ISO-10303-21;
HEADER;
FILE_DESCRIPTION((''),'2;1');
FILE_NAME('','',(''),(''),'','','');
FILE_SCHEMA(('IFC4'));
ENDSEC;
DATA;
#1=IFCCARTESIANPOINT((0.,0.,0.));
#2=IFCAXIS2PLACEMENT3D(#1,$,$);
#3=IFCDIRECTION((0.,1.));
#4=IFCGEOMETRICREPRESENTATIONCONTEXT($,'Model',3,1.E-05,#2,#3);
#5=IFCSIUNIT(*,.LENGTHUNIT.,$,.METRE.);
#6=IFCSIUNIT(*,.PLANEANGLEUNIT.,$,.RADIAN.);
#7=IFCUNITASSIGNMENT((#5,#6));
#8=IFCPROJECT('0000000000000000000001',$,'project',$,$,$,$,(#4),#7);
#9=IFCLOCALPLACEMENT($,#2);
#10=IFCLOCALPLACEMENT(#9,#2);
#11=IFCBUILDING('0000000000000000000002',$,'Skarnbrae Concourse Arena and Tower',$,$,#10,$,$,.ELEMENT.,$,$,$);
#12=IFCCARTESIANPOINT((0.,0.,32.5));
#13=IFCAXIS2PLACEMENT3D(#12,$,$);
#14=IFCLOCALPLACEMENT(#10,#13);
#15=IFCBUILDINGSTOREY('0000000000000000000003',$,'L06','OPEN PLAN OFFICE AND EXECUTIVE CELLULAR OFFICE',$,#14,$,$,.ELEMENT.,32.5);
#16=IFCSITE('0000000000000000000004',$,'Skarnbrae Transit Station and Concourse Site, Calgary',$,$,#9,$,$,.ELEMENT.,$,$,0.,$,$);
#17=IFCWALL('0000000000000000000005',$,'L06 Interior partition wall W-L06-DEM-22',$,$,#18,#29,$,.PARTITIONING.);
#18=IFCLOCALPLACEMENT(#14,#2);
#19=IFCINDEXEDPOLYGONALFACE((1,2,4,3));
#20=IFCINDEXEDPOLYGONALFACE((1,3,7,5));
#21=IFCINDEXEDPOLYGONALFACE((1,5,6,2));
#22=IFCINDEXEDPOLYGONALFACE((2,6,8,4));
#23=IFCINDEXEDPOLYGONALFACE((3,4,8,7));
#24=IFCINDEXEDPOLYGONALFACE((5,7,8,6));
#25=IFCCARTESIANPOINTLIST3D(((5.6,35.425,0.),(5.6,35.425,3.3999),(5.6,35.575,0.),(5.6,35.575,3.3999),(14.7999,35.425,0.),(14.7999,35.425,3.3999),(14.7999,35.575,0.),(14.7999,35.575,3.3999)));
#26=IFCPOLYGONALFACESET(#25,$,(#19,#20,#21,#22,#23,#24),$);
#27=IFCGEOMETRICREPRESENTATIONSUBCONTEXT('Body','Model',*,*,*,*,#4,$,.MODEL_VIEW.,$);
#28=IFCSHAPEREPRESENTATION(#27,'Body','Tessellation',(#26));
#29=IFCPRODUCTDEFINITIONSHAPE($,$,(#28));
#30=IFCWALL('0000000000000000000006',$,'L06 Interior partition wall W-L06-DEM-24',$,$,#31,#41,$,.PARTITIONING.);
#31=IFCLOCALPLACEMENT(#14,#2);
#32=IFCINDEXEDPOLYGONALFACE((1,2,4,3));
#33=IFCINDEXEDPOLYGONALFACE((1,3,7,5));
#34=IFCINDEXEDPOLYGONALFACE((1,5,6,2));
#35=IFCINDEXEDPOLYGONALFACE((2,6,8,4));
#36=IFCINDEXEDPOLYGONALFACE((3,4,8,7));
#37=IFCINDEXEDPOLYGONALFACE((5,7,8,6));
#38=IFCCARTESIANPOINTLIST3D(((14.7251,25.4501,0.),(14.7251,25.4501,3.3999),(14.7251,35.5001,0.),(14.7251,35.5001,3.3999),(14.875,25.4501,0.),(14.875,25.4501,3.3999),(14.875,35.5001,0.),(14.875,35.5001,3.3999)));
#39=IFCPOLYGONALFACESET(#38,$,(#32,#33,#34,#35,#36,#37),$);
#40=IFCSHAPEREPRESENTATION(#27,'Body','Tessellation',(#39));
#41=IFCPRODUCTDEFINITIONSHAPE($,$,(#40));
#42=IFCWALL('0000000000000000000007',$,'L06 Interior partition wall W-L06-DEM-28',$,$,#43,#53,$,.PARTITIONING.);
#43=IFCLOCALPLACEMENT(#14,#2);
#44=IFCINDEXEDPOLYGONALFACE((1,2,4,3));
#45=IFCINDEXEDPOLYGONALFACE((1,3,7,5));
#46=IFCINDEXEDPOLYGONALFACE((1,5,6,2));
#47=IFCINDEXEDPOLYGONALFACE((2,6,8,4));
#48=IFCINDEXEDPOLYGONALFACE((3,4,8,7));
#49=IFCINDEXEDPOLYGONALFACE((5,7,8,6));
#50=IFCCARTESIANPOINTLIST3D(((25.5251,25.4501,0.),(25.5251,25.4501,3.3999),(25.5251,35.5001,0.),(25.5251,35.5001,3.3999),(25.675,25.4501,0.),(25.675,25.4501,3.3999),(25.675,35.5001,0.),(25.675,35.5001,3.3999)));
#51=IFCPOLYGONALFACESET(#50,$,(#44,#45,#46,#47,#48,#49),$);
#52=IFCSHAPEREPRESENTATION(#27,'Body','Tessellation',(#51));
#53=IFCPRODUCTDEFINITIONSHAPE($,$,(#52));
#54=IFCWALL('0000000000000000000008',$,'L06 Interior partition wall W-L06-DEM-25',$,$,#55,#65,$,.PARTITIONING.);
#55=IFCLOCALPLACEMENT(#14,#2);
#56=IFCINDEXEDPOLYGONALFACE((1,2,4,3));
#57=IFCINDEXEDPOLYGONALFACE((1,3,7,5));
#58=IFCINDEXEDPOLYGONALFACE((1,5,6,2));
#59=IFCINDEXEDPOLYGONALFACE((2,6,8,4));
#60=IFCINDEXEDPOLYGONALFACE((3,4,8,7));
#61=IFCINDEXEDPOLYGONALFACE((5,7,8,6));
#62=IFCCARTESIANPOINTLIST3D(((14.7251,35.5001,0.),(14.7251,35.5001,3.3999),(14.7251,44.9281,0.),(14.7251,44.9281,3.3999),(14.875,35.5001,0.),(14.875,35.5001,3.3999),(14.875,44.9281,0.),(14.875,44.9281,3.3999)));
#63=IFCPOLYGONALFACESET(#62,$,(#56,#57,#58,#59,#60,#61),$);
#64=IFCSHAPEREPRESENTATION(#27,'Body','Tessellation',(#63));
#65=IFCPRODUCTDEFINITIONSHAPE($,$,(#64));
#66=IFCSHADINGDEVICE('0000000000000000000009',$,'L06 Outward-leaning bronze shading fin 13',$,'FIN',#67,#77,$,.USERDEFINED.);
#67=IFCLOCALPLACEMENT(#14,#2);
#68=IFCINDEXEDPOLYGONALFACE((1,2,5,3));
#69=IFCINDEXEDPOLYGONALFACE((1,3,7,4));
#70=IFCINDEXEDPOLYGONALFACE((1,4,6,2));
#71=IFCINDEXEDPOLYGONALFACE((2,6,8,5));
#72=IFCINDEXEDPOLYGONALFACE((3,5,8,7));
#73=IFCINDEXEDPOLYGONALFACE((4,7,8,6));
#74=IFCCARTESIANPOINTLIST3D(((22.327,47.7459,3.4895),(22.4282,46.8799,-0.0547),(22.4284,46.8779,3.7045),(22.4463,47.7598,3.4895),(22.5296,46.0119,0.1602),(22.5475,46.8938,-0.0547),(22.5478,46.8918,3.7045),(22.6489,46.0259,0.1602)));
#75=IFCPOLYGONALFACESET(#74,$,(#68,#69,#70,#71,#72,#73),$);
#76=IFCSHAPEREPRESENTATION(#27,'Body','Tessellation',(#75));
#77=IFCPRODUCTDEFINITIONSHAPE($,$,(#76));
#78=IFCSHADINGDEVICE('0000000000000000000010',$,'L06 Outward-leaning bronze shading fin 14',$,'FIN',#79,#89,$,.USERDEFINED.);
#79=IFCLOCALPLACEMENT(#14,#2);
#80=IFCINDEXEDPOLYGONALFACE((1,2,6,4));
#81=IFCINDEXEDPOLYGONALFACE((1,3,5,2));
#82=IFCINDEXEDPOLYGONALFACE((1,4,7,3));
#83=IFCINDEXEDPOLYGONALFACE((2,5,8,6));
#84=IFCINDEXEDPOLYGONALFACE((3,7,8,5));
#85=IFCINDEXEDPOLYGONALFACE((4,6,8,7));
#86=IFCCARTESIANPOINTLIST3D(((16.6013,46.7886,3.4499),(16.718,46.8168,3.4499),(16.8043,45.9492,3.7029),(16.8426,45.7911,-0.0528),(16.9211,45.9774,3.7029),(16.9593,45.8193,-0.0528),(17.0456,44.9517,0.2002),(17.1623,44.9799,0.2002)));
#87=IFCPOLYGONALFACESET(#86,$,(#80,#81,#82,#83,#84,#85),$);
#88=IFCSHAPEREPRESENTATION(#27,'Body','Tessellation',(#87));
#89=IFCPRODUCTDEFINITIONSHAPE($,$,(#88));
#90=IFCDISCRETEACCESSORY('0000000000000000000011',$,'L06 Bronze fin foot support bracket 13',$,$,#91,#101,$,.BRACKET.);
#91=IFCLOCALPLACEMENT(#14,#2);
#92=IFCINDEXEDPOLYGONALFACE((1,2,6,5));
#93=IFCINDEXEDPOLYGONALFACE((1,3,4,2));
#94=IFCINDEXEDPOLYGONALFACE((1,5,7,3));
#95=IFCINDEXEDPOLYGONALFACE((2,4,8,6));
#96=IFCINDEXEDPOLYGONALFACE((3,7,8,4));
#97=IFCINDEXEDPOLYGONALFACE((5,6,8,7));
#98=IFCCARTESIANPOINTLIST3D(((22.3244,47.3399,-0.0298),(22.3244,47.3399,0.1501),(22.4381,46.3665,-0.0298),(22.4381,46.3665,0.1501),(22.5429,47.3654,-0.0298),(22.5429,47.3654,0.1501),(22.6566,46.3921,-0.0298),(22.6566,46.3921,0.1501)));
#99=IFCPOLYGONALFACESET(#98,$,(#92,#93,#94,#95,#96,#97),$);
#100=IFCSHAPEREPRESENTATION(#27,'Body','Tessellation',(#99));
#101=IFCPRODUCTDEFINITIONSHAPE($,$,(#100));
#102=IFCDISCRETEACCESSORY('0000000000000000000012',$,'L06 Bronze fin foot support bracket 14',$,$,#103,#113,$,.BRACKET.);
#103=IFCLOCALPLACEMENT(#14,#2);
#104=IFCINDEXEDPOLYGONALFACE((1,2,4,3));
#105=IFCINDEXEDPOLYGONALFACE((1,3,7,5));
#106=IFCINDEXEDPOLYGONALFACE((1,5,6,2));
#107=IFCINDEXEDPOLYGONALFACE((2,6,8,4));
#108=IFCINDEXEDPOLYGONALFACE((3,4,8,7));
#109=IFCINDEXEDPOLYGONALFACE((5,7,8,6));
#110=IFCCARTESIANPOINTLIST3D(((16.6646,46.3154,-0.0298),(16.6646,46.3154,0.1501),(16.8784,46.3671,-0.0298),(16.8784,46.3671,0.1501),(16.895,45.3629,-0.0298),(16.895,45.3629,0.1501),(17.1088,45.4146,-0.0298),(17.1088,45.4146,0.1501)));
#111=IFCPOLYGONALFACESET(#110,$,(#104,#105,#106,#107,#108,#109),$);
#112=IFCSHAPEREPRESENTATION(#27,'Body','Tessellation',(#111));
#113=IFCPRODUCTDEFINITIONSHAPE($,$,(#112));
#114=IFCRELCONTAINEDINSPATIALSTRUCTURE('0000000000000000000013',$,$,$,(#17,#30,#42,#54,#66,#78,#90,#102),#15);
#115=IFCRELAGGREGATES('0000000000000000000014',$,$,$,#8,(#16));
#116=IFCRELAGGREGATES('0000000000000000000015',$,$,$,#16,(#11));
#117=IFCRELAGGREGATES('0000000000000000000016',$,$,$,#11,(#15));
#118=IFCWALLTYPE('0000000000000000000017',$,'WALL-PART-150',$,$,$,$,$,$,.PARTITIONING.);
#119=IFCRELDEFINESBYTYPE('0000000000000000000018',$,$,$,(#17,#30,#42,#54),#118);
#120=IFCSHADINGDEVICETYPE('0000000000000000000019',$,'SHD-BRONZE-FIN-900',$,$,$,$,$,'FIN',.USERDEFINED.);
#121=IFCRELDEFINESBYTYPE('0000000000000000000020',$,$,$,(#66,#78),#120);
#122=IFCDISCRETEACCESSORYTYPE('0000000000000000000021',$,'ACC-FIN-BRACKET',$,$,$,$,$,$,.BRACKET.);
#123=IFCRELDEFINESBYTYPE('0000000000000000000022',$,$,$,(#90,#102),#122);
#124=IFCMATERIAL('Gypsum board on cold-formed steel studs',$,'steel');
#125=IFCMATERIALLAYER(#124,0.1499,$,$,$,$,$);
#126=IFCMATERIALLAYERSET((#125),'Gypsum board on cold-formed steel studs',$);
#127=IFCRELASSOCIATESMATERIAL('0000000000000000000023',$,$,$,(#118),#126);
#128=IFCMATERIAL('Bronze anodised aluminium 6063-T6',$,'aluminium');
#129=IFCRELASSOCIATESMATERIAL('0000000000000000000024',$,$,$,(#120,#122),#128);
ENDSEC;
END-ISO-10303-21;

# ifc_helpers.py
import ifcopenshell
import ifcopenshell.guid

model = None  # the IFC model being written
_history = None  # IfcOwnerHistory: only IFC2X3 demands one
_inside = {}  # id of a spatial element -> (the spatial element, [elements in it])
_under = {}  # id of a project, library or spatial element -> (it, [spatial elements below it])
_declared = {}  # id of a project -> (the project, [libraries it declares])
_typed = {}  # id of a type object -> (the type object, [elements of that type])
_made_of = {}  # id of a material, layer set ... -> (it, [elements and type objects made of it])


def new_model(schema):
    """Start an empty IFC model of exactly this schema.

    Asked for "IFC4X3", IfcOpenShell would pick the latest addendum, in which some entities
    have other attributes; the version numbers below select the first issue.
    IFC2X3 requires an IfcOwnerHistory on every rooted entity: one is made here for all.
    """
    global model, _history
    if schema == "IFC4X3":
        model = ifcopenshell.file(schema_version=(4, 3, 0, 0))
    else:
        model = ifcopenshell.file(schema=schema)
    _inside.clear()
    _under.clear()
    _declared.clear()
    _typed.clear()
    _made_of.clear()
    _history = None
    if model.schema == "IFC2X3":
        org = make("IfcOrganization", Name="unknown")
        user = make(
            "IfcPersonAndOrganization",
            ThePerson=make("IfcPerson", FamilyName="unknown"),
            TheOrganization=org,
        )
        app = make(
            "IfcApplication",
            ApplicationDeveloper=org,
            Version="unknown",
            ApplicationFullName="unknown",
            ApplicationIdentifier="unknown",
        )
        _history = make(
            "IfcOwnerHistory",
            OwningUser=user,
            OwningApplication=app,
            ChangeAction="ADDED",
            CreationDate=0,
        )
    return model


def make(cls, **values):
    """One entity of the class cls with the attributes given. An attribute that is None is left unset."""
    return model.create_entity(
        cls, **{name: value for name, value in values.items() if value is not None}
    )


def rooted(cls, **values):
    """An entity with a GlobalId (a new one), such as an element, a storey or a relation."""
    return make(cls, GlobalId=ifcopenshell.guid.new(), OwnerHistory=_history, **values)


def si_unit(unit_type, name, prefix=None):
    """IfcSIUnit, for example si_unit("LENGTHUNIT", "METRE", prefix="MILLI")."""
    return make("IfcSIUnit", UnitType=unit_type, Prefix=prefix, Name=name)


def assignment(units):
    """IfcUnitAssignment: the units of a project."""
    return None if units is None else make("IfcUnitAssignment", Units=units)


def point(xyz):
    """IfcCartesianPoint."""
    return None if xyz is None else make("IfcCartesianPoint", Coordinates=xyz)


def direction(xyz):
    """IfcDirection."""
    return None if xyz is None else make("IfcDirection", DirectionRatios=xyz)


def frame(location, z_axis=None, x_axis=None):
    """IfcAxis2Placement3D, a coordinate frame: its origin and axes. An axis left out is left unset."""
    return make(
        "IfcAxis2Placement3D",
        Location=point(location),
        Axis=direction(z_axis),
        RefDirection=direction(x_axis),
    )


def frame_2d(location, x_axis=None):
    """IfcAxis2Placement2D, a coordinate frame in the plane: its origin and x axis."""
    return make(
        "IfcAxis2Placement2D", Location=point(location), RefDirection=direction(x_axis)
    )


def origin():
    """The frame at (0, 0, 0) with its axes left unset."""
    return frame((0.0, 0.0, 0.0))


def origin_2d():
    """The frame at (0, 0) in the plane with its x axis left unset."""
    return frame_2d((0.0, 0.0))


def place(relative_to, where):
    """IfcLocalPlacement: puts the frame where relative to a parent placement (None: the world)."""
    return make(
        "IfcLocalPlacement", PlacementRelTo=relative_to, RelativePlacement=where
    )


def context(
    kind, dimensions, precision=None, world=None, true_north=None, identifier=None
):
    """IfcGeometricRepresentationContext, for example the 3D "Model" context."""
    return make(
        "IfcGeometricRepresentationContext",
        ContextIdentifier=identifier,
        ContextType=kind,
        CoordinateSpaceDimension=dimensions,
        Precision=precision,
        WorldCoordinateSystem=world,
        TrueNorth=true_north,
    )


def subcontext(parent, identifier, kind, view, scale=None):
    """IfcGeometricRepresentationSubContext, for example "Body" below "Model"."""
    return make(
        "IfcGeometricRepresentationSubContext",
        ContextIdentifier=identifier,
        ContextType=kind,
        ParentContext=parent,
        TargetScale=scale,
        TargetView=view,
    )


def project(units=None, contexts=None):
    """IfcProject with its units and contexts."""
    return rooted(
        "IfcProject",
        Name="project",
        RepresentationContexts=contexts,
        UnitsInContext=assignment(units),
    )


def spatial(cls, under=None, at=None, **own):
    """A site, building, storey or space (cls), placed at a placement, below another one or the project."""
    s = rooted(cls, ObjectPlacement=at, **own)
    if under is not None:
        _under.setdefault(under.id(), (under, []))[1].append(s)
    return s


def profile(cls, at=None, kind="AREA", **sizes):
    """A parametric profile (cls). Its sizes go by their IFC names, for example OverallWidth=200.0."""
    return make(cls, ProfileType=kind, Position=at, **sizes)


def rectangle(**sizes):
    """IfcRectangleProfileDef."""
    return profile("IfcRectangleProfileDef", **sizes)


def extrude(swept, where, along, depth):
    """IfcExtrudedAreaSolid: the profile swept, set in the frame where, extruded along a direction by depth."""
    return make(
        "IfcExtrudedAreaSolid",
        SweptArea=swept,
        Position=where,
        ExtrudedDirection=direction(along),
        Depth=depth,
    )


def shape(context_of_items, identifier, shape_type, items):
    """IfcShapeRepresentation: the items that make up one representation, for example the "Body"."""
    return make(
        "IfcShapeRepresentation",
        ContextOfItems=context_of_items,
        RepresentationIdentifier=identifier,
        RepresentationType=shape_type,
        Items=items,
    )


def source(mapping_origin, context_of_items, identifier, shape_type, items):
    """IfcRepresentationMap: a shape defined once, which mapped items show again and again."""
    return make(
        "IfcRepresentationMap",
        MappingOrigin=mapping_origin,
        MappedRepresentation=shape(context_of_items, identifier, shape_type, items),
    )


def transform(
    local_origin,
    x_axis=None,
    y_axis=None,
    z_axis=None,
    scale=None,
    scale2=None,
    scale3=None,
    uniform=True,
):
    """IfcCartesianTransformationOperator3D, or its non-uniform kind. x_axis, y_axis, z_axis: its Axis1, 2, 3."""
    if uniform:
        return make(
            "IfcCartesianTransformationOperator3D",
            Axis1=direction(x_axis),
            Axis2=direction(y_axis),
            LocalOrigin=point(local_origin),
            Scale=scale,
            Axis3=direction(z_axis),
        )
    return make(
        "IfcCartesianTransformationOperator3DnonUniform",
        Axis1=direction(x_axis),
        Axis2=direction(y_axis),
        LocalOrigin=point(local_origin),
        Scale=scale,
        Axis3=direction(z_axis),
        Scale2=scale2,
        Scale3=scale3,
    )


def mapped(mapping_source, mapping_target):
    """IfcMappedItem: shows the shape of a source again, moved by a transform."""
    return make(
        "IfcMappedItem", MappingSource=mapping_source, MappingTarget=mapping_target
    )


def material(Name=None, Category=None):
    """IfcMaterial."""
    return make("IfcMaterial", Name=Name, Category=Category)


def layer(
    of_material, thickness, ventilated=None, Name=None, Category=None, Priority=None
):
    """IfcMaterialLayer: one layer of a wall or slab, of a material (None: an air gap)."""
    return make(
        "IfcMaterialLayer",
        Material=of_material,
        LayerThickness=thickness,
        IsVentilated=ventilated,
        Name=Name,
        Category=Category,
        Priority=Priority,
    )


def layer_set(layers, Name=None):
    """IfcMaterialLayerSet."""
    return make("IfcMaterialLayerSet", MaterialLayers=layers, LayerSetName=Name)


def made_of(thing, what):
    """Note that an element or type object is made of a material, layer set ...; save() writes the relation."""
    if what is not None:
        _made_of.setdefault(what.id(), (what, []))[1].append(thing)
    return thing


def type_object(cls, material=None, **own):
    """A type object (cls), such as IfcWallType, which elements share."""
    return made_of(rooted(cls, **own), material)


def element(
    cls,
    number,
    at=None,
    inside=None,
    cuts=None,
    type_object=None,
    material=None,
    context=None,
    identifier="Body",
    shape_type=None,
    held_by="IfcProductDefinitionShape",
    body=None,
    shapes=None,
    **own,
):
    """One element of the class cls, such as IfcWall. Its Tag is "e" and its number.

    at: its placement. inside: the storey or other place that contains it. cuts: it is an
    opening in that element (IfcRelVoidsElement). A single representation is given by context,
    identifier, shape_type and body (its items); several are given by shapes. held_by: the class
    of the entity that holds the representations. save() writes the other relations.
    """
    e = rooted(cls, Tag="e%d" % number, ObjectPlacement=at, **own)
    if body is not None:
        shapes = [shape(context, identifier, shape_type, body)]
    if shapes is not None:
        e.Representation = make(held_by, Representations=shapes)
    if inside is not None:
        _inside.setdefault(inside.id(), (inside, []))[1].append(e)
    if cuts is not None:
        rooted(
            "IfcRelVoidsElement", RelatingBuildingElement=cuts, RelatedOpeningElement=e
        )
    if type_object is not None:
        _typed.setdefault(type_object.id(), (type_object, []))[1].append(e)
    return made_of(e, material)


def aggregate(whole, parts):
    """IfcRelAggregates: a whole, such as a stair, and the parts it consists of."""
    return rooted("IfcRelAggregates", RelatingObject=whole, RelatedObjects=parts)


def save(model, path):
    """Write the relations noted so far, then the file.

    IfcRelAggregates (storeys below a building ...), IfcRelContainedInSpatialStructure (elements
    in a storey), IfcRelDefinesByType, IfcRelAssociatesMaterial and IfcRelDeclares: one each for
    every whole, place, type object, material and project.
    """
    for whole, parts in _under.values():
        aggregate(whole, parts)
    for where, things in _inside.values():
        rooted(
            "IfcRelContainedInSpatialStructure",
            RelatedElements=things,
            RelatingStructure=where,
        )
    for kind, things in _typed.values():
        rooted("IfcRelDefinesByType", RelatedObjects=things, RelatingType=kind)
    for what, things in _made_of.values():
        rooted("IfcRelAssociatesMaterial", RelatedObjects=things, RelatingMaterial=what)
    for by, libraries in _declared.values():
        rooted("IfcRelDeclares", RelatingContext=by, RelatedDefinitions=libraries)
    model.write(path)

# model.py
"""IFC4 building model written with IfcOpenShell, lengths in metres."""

from ifc_helpers import new_model, si_unit, direction, frame, frame_2d, origin, origin_2d, place, context, subcontext, project, spatial, rectangle, extrude, source, transform, mapped, material, layer, layer_set, type_object, element, save


model = new_model("IFC4")

# Units and contexts
model_context = context("Model", 3, precision=1e-05, world=origin(), true_north=direction((0.0, 1.0)))
body_context = subcontext(model_context, "Body", "Model", "MODEL_VIEW")
ifc_project = project(units=[si_unit("LENGTHUNIT", "METRE"), si_unit("PLANEANGLEUNIT", "RADIAN")], contexts=[model_context])

# Site, building, storey
site_placement = place(None, origin())
site = spatial("IfcSite", under=ifc_project, at=site_placement, Name="Skarnbrae Transit Station and Concourse Site, Calgary", CompositionType="ELEMENT", RefElevation=0.0)
building_placement = place(site_placement, origin())
building = spatial("IfcBuilding", under=site, at=building_placement, Name="Skarnbrae Concourse Arena and Tower", CompositionType="ELEMENT")
storey_placement = place(building_placement, frame((0.0, 0.0, 32.5)))
storey = spatial("IfcBuildingStorey", under=building, at=storey_placement, Name="L06", Description="OPEN PLAN OFFICE AND EXECUTIVE CELLULAR OFFICE", CompositionType="ELEMENT", Elevation=32.5)

# Shared definitions
ifc_material_1 = material(Name="Bronze anodised aluminium 6063-T6", Category="aluminium")

# Walls
ifc_material_2 = material(Name="Gypsum board on cold-formed steel studs", Category="steel")
ifc_layer_1 = layer(ifc_material_2, 0.1499)
ifc_layer_set_1 = layer_set([ifc_layer_1], Name="Gypsum board on cold-formed steel studs")
wall_type = type_object("IfcWallType", Name="WALL-PART-150", PredefinedType="PARTITIONING", material=ifc_layer_set_1)
shared_shape_1 = source(origin(), body_context, "Body", "SweptSolid", [
    extrude(rectangle(XDim=9.2, YDim=0.1499, at=frame_2d((4.6001, 0.0))), origin(), (0.0, 0.0, 1.0), 3.3999),
])
wall_1_placement = place(storey_placement, frame((14.8, 35.5, 0.0), z_axis=(0.0, 0.0, 1.0), x_axis=(-1.0, 0.0, 0.0)))
element("IfcWall", 1, at=wall_1_placement, inside=storey, type_object=wall_type, Name="L06 Interior partition wall W-L06-DEM-22", PredefinedType="PARTITIONING", context=body_context, shape_type="MappedRepresentation", body=[
    mapped(shared_shape_1, transform((0.0, 0.0, 0.0))),
])
shared_shape_2 = source(origin(), body_context, "Body", "SweptSolid", [
    extrude(rectangle(XDim=10.05, YDim=0.1499, at=frame_2d((5.0249, 0.0))), origin(), (0.0, 0.0, 1.0), 3.3999),
])
for number, where, z_axis, x_axis, name in (
    (2, (14.8, 35.5, 0.0), (0.0, 0.0, 1.0), (0.0, -1.0, 0.0), "L06 Interior partition wall W-L06-DEM-24"),
    (3, (25.6001, 35.5, 0.0), (0.0, 0.0, 1.0), (0.0, -1.0, 0.0), "L06 Interior partition wall W-L06-DEM-28"),
):
    element("IfcWall", number, at=place(storey_placement, frame(where, z_axis=z_axis, x_axis=x_axis)), inside=storey, type_object=wall_type, Name=name, PredefinedType="PARTITIONING", context=body_context, shape_type="MappedRepresentation", body=[
        mapped(shared_shape_2, transform((0.0, 0.0, 0.0))),
    ])
shared_shape_3 = source(origin(), body_context, "Body", "SweptSolid", [
    extrude(rectangle(XDim=9.428, YDim=0.1499, at=frame_2d((4.7139, 0.0))), origin(), (0.0, 0.0, 1.0), 3.3999),
])
wall_2_placement = place(storey_placement, frame((14.8, 44.928, 0.0), z_axis=(0.0, 0.0, 1.0), x_axis=(0.0, -1.0, 0.0)))
element("IfcWall", 4, at=wall_2_placement, inside=storey, type_object=wall_type, Name="L06 Interior partition wall W-L06-DEM-25", PredefinedType="PARTITIONING", context=body_context, shape_type="MappedRepresentation", body=[
    mapped(shared_shape_3, transform((0.0, 0.0, 0.0))),
])

# Shading devices
shading_device_type = type_object("IfcShadingDeviceType", Name="SHD-BRONZE-FIN-900", ElementType="FIN", PredefinedType="USERDEFINED", material=ifc_material_1)
shared_shape_4 = source(origin(), body_context, "Body", "SweptSolid", [
    extrude(rectangle(XDim=0.1201, YDim=0.8999, at=origin_2d()), origin(), (0.0, 0.0, 1.0), 3.6499),
])
for number, where, z_axis, x_axis, name in (
    (5, (22.5386, 46.4529, 0.0527), (-0.02772, 0.237259, 0.971051), (0.993244, 0.116047, 0.0), "L06 Outward-leaning bronze shading fin 13"),
    (6, (17.0024, 45.3855, 0.0737), (-0.0661, 0.273289, 0.959658), (0.971973, 0.235091, 0.0), "L06 Outward-leaning bronze shading fin 14"),
):
    element("IfcShadingDevice", number, at=place(storey_placement, frame(where, z_axis=z_axis, x_axis=x_axis)), inside=storey, type_object=shading_device_type, Name=name, ObjectType="FIN", PredefinedType="USERDEFINED", context=body_context, shape_type="MappedRepresentation", body=[
        mapped(shared_shape_4, transform((0.0, 0.0, 0.0))),
    ])

# Discrete accessories
discrete_accessory_type = type_object("IfcDiscreteAccessoryType", Name="ACC-FIN-BRACKET", PredefinedType="BRACKET", material=ifc_material_1)
shared_shape_5 = source(origin(), body_context, "Body", "SweptSolid", [
    extrude(rectangle(XDim=0.22, YDim=0.98, at=origin_2d()), origin(), (0.0, 0.0, 1.0), 0.1799),
])
for number, where, z_axis, x_axis, name in (
    (7, (22.4905, 46.866, -0.0298), (0.0, 0.0, 1.0), (0.993244, 0.116047, 0.0), "L06 Bronze fin foot support bracket 13"),
    (8, (16.8867, 45.865, -0.0298), (0.0, 0.0, 1.0), (0.971973, 0.235091, 0.0), "L06 Bronze fin foot support bracket 14"),
):
    element("IfcDiscreteAccessory", number, at=place(storey_placement, frame(where, z_axis=z_axis, x_axis=x_axis)), inside=storey, type_object=discrete_accessory_type, Name=name, PredefinedType="BRACKET", context=body_context, shape_type="MappedRepresentation", body=[
        mapped(shared_shape_5, transform((0.0, 0.0, 0.0))),
    ])

save(model, "model.ifc")
